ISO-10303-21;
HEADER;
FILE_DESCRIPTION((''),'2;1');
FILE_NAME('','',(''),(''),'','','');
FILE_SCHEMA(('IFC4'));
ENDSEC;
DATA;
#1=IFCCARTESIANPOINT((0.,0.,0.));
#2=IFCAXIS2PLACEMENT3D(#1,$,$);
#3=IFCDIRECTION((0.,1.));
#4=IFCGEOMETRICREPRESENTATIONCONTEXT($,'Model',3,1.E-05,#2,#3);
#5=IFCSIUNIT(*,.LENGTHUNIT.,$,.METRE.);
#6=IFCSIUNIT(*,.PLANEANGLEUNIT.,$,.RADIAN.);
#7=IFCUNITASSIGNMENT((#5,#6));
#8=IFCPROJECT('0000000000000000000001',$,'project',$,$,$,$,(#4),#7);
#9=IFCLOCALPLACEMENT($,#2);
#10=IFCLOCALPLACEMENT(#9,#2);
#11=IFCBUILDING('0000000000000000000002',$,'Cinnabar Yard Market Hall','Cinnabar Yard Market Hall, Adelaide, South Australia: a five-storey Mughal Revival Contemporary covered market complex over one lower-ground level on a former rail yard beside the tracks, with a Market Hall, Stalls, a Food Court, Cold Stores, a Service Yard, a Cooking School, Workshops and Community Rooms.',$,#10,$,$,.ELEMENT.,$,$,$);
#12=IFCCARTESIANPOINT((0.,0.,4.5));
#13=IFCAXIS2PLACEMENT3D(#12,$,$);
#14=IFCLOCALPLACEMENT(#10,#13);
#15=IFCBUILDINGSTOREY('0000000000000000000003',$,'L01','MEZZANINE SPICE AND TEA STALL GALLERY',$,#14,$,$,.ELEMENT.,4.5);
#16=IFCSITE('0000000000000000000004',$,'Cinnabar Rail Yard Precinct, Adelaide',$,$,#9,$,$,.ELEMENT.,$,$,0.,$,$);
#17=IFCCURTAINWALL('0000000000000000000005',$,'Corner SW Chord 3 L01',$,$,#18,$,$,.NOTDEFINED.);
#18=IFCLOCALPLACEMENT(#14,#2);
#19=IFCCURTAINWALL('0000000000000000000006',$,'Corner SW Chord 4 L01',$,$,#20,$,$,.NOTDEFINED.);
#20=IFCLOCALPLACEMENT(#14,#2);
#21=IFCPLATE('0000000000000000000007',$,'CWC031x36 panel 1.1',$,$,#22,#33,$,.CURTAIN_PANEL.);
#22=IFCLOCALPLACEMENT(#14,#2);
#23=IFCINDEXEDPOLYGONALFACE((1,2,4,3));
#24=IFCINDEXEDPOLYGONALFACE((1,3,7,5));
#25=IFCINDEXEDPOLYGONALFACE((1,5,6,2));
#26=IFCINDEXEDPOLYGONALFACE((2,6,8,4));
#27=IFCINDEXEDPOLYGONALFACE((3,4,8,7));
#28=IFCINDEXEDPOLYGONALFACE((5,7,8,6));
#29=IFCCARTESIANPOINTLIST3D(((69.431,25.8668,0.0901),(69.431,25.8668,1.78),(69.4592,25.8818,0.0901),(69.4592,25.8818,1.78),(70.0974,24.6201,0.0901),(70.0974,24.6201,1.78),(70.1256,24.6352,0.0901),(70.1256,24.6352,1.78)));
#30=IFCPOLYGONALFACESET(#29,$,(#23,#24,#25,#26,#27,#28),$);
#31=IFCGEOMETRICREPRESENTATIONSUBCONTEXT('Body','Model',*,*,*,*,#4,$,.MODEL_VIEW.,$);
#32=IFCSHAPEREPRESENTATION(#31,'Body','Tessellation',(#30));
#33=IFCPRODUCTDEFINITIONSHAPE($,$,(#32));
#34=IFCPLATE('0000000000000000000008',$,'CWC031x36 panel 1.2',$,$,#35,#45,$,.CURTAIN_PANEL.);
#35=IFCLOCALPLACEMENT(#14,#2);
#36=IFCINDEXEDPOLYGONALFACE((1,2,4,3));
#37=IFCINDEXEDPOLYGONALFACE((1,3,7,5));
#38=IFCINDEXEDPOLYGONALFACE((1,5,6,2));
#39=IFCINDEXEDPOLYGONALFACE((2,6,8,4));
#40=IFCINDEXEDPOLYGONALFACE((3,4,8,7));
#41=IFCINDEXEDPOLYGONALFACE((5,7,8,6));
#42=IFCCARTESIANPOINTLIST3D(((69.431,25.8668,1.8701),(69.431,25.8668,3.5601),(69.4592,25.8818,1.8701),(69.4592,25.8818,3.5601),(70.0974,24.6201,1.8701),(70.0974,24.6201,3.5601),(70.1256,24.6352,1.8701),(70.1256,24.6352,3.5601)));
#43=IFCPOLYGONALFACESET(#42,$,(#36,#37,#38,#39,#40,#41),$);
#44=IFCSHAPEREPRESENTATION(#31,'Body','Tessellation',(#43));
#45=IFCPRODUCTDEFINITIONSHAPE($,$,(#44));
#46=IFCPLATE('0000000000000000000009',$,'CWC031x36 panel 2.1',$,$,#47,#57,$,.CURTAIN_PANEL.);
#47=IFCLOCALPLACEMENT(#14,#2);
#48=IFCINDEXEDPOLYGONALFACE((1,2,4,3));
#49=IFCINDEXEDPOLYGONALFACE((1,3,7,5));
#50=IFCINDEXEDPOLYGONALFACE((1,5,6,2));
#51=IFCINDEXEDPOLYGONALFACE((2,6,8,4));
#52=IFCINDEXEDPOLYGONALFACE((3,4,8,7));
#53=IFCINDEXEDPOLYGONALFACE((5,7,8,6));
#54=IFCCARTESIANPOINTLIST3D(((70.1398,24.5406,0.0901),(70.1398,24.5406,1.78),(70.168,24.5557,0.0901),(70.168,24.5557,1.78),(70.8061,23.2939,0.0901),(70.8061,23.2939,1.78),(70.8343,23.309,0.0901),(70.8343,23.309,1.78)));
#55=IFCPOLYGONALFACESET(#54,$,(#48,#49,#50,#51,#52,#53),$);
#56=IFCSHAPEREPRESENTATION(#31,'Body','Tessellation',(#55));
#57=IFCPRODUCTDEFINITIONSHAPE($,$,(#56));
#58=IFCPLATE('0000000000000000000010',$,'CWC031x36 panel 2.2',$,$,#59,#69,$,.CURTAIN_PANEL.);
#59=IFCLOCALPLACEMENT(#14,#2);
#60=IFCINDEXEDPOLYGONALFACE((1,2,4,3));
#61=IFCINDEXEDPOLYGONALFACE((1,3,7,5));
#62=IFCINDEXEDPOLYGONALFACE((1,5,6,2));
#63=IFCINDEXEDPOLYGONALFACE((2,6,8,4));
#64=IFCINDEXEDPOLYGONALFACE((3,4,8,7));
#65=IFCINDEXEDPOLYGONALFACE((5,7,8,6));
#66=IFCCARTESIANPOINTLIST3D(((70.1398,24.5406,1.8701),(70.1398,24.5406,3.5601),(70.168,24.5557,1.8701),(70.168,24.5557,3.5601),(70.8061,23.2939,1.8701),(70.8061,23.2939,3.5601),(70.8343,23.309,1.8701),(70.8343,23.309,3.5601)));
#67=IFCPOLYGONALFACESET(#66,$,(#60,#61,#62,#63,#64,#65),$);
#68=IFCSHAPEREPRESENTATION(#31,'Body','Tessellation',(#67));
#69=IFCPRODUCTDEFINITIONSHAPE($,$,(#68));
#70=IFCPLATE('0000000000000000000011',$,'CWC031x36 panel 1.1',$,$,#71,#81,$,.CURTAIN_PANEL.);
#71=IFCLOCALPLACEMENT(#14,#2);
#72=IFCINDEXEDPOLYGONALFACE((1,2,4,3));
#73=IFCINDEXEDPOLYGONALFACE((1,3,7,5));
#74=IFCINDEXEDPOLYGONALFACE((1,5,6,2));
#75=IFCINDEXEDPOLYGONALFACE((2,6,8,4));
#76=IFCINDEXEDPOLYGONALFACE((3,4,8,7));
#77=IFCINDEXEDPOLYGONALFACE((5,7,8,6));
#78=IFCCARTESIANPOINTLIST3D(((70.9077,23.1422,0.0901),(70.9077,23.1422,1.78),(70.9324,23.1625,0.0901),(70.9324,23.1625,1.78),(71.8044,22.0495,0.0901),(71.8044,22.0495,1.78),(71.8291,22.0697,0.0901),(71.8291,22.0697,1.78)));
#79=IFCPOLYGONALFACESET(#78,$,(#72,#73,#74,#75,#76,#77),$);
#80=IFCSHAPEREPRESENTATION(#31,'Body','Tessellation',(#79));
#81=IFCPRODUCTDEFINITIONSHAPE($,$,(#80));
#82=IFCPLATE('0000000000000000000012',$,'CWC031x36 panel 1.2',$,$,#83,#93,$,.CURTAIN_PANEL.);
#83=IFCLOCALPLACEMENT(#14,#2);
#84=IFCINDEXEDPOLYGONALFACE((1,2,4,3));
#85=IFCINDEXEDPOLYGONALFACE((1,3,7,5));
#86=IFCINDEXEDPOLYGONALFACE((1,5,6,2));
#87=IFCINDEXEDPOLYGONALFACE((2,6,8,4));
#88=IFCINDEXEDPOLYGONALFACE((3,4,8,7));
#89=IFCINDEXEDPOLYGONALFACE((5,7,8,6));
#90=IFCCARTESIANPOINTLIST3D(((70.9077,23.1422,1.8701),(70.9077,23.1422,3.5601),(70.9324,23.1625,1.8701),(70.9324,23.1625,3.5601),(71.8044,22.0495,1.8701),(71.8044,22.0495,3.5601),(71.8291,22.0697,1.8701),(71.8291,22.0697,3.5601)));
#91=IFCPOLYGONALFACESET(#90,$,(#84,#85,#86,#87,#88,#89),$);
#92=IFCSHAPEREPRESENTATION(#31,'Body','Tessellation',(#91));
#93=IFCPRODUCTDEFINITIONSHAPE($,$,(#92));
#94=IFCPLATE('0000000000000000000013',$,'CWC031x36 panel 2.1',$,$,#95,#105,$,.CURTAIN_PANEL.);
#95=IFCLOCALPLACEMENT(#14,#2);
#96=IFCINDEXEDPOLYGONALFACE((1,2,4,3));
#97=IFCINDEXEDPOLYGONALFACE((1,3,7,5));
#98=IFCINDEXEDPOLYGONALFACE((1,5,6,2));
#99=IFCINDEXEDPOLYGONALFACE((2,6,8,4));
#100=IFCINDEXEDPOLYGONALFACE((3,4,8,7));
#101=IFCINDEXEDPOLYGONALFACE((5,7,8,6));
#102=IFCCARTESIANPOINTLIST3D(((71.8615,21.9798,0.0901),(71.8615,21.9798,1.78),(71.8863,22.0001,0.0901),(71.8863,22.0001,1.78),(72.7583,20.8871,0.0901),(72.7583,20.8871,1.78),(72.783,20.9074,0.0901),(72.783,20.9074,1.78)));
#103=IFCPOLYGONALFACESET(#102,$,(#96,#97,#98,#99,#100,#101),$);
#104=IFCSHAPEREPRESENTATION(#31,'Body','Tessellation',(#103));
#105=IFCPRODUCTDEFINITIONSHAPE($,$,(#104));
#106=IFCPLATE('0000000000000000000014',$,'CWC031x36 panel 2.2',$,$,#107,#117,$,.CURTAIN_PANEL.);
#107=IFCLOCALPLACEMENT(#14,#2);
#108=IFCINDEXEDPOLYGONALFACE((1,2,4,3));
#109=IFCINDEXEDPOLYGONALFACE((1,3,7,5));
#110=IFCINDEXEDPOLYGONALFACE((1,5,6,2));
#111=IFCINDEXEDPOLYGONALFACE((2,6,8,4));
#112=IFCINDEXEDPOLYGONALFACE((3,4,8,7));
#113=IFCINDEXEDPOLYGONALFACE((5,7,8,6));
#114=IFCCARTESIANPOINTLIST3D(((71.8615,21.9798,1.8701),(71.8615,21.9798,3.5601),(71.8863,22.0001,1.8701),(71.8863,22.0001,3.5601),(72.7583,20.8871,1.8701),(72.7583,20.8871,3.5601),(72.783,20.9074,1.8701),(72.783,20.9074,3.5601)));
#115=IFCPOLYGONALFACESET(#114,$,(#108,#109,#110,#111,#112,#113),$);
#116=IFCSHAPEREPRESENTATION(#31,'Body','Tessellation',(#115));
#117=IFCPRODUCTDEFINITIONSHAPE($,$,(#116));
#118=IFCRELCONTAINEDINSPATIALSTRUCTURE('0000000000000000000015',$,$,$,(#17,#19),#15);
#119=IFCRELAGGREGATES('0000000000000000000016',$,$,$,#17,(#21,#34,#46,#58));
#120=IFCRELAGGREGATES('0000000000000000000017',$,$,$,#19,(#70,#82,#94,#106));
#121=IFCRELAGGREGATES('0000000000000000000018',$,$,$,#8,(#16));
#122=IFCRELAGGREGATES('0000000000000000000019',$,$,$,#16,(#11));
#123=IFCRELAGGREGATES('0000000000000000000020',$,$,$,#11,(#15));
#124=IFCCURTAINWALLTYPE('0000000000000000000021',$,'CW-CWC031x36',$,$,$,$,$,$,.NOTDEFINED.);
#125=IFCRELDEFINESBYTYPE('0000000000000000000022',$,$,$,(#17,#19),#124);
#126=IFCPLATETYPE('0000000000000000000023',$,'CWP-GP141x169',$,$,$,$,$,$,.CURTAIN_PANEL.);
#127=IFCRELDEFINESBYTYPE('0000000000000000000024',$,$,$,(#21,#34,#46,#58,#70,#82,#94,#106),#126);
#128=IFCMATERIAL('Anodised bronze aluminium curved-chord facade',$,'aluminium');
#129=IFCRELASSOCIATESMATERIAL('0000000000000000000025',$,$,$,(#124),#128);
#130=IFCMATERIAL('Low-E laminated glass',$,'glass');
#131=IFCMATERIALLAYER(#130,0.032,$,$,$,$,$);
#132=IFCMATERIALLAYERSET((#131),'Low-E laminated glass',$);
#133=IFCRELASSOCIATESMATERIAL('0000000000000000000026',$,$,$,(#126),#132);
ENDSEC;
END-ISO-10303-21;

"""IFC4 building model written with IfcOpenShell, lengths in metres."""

from ifc_helpers import new_model, si_unit, direction, frame, origin, origin_2d_with_axis, place, context, subcontext, project, spatial, rectangle, extrude, material, layer, layer_set, type_object, element, aggregate, save


model = new_model("IFC4")

# Units and contexts
model_context = context("Model", 3, precision=1e-05, world=origin(), true_north=direction((0.0, 1.0)))
body_context = subcontext(model_context, "Body", "Model", "MODEL_VIEW")
ifc_project = project(units=[si_unit("LENGTHUNIT", "METRE"), si_unit("PLANEANGLEUNIT", "RADIAN")], contexts=[model_context])

# Site, building, storey
site_placement = place(None, origin())
site = spatial("IfcSite", under=ifc_project, at=site_placement, Name="Cinnabar Rail Yard Precinct, Adelaide", CompositionType="ELEMENT", RefElevation=0.0)
building_placement = place(site_placement, origin())
building = spatial("IfcBuilding", under=site, at=building_placement, Name="Cinnabar Yard Market Hall", Description="Cinnabar Yard Market Hall, Adelaide, South Australia: a five-storey Mughal Revival Contemporary covered market complex over one lower-ground level on a former rail yard beside the tracks, with a Market Hall, Stalls, a Food Court, Cold Stores, a Service Yard, a Cooking School, Workshops and Community Rooms.", CompositionType="ELEMENT")
storey_placement = place(building_placement, frame((0.0, 0.0, 4.5)))
storey = spatial("IfcBuildingStorey", under=building, at=storey_placement, Name="L01", Description="MEZZANINE SPICE AND TEA STALL GALLERY", CompositionType="ELEMENT", Elevation=4.5)

# Shared definitions
ifc_material_1 = material(Name="Anodised bronze aluminium curved-chord facade", Category="aluminium")
curtain_wall_type = type_object("IfcCurtainWallType", Name="CW-CWC031x36", PredefinedType="NOTDEFINED", material=ifc_material_1)

# Curtain walls
curtain_wall_1_placement = place(storey_placement, origin())
curtain_wall_1 = element("IfcCurtainWall", 1, at=curtain_wall_1_placement, inside=storey, type_object=curtain_wall_type, Name="Corner SW Chord 3 L01", PredefinedType="NOTDEFINED")
curtain_wall_2_placement = place(storey_placement, origin())
curtain_wall_2 = element("IfcCurtainWall", 2, at=curtain_wall_2_placement, inside=storey, type_object=curtain_wall_type, Name="Corner SW Chord 4 L01", PredefinedType="NOTDEFINED")

# Plates
ifc_material_2 = material(Name="Low-E laminated glass", Category="glass")
ifc_layer = layer(ifc_material_2, 0.032)
ifc_layer_set = layer_set([ifc_layer], Name="Low-E laminated glass")
plate_type = type_object("IfcPlateType", Name="CWP-GP141x169", PredefinedType="CURTAIN_PANEL", material=ifc_layer_set)
plate_1_placement = place(storey_placement, frame((69.7783, 25.251, 0.0901), z_axis=(0.0, 0.0, 1.0), x_axis=(0.471404, -0.881917, 0.0)))
plate_1 = element("IfcPlate", 3, at=plate_1_placement, type_object=plate_type, Name="CWC031x36 panel 1.1", PredefinedType="CURTAIN_PANEL", context=body_context, shape_type="SweptSolid", body=[
    extrude(rectangle(XDim=1.4136, YDim=0.032, at=origin_2d_with_axis()), origin(), (0.0, 0.0, 1.0), 1.6899),
])
plate_2_placement = place(storey_placement, frame((69.7783, 25.251, 1.8701), z_axis=(0.0, 0.0, 1.0), x_axis=(0.471404, -0.881917, 0.0)))
plate_2 = element("IfcPlate", 4, at=plate_2_placement, type_object=plate_type, Name="CWC031x36 panel 1.2", PredefinedType="CURTAIN_PANEL", context=body_context, shape_type="SweptSolid", body=[
    extrude(rectangle(XDim=1.4136, YDim=0.032, at=origin_2d_with_axis()), origin(), (0.0, 0.0, 1.0), 1.6899),
])
plate_3_placement = place(storey_placement, frame((70.4871, 23.9248, 0.0901), z_axis=(0.0, 0.0, 1.0), x_axis=(0.471404, -0.881917, 0.0)))
plate_3 = element("IfcPlate", 5, at=plate_3_placement, type_object=plate_type, Name="CWC031x36 panel 2.1", PredefinedType="CURTAIN_PANEL", context=body_context, shape_type="SweptSolid", body=[
    extrude(rectangle(XDim=1.4136, YDim=0.032, at=origin_2d_with_axis()), origin(), (0.0, 0.0, 1.0), 1.6899),
])
plate_4_placement = place(storey_placement, frame((70.4871, 23.9248, 1.8701), z_axis=(0.0, 0.0, 1.0), x_axis=(0.471404, -0.881917, 0.0)))
plate_4 = element("IfcPlate", 6, at=plate_4_placement, type_object=plate_type, Name="CWC031x36 panel 2.2", PredefinedType="CURTAIN_PANEL", context=body_context, shape_type="SweptSolid", body=[
    extrude(rectangle(XDim=1.4136, YDim=0.032, at=origin_2d_with_axis()), origin(), (0.0, 0.0, 1.0), 1.6899),
])
aggregate(curtain_wall_1, [plate_1, plate_2, plate_3, plate_4])
plate_5_placement = place(storey_placement, frame((71.3684, 22.606, 0.0901), z_axis=(0.0, 0.0, 1.0), x_axis=(0.634383, -0.773019, 0.0)))
plate_5 = element("IfcPlate", 7, at=plate_5_placement, type_object=plate_type, Name="CWC031x36 panel 1.1", PredefinedType="CURTAIN_PANEL", context=body_context, shape_type="SweptSolid", body=[
    extrude(rectangle(XDim=1.4136, YDim=0.032, at=origin_2d_with_axis()), origin(), (0.0, 0.0, 1.0), 1.6899),
])
plate_6_placement = place(storey_placement, frame((71.3684, 22.606, 1.8701), z_axis=(0.0, 0.0, 1.0), x_axis=(0.634383, -0.773019, 0.0)))
plate_6 = element("IfcPlate", 8, at=plate_6_placement, type_object=plate_type, Name="CWC031x36 panel 1.2", PredefinedType="CURTAIN_PANEL", context=body_context, shape_type="SweptSolid", body=[
    extrude(rectangle(XDim=1.4136, YDim=0.032, at=origin_2d_with_axis()), origin(), (0.0, 0.0, 1.0), 1.6899),
])
plate_7_placement = place(storey_placement, frame((72.3223, 21.4436, 0.0901), z_axis=(0.0, 0.0, 1.0), x_axis=(0.634383, -0.773019, 0.0)))
plate_7 = element("IfcPlate", 9, at=plate_7_placement, type_object=plate_type, Name="CWC031x36 panel 2.1", PredefinedType="CURTAIN_PANEL", context=body_context, shape_type="SweptSolid", body=[
    extrude(rectangle(XDim=1.4136, YDim=0.032, at=origin_2d_with_axis()), origin(), (0.0, 0.0, 1.0), 1.6899),
])
plate_8_placement = place(storey_placement, frame((72.3223, 21.4436, 1.8701), z_axis=(0.0, 0.0, 1.0), x_axis=(0.634383, -0.773019, 0.0)))
plate_8 = element("IfcPlate", 10, at=plate_8_placement, type_object=plate_type, Name="CWC031x36 panel 2.2", PredefinedType="CURTAIN_PANEL", context=body_context, shape_type="SweptSolid", body=[
    extrude(rectangle(XDim=1.4136, YDim=0.032, at=origin_2d_with_axis()), origin(), (0.0, 0.0, 1.0), 1.6899),
])
aggregate(curtain_wall_2, [plate_5, plate_6, plate_7, plate_8])

save(model, "model.ifc")
